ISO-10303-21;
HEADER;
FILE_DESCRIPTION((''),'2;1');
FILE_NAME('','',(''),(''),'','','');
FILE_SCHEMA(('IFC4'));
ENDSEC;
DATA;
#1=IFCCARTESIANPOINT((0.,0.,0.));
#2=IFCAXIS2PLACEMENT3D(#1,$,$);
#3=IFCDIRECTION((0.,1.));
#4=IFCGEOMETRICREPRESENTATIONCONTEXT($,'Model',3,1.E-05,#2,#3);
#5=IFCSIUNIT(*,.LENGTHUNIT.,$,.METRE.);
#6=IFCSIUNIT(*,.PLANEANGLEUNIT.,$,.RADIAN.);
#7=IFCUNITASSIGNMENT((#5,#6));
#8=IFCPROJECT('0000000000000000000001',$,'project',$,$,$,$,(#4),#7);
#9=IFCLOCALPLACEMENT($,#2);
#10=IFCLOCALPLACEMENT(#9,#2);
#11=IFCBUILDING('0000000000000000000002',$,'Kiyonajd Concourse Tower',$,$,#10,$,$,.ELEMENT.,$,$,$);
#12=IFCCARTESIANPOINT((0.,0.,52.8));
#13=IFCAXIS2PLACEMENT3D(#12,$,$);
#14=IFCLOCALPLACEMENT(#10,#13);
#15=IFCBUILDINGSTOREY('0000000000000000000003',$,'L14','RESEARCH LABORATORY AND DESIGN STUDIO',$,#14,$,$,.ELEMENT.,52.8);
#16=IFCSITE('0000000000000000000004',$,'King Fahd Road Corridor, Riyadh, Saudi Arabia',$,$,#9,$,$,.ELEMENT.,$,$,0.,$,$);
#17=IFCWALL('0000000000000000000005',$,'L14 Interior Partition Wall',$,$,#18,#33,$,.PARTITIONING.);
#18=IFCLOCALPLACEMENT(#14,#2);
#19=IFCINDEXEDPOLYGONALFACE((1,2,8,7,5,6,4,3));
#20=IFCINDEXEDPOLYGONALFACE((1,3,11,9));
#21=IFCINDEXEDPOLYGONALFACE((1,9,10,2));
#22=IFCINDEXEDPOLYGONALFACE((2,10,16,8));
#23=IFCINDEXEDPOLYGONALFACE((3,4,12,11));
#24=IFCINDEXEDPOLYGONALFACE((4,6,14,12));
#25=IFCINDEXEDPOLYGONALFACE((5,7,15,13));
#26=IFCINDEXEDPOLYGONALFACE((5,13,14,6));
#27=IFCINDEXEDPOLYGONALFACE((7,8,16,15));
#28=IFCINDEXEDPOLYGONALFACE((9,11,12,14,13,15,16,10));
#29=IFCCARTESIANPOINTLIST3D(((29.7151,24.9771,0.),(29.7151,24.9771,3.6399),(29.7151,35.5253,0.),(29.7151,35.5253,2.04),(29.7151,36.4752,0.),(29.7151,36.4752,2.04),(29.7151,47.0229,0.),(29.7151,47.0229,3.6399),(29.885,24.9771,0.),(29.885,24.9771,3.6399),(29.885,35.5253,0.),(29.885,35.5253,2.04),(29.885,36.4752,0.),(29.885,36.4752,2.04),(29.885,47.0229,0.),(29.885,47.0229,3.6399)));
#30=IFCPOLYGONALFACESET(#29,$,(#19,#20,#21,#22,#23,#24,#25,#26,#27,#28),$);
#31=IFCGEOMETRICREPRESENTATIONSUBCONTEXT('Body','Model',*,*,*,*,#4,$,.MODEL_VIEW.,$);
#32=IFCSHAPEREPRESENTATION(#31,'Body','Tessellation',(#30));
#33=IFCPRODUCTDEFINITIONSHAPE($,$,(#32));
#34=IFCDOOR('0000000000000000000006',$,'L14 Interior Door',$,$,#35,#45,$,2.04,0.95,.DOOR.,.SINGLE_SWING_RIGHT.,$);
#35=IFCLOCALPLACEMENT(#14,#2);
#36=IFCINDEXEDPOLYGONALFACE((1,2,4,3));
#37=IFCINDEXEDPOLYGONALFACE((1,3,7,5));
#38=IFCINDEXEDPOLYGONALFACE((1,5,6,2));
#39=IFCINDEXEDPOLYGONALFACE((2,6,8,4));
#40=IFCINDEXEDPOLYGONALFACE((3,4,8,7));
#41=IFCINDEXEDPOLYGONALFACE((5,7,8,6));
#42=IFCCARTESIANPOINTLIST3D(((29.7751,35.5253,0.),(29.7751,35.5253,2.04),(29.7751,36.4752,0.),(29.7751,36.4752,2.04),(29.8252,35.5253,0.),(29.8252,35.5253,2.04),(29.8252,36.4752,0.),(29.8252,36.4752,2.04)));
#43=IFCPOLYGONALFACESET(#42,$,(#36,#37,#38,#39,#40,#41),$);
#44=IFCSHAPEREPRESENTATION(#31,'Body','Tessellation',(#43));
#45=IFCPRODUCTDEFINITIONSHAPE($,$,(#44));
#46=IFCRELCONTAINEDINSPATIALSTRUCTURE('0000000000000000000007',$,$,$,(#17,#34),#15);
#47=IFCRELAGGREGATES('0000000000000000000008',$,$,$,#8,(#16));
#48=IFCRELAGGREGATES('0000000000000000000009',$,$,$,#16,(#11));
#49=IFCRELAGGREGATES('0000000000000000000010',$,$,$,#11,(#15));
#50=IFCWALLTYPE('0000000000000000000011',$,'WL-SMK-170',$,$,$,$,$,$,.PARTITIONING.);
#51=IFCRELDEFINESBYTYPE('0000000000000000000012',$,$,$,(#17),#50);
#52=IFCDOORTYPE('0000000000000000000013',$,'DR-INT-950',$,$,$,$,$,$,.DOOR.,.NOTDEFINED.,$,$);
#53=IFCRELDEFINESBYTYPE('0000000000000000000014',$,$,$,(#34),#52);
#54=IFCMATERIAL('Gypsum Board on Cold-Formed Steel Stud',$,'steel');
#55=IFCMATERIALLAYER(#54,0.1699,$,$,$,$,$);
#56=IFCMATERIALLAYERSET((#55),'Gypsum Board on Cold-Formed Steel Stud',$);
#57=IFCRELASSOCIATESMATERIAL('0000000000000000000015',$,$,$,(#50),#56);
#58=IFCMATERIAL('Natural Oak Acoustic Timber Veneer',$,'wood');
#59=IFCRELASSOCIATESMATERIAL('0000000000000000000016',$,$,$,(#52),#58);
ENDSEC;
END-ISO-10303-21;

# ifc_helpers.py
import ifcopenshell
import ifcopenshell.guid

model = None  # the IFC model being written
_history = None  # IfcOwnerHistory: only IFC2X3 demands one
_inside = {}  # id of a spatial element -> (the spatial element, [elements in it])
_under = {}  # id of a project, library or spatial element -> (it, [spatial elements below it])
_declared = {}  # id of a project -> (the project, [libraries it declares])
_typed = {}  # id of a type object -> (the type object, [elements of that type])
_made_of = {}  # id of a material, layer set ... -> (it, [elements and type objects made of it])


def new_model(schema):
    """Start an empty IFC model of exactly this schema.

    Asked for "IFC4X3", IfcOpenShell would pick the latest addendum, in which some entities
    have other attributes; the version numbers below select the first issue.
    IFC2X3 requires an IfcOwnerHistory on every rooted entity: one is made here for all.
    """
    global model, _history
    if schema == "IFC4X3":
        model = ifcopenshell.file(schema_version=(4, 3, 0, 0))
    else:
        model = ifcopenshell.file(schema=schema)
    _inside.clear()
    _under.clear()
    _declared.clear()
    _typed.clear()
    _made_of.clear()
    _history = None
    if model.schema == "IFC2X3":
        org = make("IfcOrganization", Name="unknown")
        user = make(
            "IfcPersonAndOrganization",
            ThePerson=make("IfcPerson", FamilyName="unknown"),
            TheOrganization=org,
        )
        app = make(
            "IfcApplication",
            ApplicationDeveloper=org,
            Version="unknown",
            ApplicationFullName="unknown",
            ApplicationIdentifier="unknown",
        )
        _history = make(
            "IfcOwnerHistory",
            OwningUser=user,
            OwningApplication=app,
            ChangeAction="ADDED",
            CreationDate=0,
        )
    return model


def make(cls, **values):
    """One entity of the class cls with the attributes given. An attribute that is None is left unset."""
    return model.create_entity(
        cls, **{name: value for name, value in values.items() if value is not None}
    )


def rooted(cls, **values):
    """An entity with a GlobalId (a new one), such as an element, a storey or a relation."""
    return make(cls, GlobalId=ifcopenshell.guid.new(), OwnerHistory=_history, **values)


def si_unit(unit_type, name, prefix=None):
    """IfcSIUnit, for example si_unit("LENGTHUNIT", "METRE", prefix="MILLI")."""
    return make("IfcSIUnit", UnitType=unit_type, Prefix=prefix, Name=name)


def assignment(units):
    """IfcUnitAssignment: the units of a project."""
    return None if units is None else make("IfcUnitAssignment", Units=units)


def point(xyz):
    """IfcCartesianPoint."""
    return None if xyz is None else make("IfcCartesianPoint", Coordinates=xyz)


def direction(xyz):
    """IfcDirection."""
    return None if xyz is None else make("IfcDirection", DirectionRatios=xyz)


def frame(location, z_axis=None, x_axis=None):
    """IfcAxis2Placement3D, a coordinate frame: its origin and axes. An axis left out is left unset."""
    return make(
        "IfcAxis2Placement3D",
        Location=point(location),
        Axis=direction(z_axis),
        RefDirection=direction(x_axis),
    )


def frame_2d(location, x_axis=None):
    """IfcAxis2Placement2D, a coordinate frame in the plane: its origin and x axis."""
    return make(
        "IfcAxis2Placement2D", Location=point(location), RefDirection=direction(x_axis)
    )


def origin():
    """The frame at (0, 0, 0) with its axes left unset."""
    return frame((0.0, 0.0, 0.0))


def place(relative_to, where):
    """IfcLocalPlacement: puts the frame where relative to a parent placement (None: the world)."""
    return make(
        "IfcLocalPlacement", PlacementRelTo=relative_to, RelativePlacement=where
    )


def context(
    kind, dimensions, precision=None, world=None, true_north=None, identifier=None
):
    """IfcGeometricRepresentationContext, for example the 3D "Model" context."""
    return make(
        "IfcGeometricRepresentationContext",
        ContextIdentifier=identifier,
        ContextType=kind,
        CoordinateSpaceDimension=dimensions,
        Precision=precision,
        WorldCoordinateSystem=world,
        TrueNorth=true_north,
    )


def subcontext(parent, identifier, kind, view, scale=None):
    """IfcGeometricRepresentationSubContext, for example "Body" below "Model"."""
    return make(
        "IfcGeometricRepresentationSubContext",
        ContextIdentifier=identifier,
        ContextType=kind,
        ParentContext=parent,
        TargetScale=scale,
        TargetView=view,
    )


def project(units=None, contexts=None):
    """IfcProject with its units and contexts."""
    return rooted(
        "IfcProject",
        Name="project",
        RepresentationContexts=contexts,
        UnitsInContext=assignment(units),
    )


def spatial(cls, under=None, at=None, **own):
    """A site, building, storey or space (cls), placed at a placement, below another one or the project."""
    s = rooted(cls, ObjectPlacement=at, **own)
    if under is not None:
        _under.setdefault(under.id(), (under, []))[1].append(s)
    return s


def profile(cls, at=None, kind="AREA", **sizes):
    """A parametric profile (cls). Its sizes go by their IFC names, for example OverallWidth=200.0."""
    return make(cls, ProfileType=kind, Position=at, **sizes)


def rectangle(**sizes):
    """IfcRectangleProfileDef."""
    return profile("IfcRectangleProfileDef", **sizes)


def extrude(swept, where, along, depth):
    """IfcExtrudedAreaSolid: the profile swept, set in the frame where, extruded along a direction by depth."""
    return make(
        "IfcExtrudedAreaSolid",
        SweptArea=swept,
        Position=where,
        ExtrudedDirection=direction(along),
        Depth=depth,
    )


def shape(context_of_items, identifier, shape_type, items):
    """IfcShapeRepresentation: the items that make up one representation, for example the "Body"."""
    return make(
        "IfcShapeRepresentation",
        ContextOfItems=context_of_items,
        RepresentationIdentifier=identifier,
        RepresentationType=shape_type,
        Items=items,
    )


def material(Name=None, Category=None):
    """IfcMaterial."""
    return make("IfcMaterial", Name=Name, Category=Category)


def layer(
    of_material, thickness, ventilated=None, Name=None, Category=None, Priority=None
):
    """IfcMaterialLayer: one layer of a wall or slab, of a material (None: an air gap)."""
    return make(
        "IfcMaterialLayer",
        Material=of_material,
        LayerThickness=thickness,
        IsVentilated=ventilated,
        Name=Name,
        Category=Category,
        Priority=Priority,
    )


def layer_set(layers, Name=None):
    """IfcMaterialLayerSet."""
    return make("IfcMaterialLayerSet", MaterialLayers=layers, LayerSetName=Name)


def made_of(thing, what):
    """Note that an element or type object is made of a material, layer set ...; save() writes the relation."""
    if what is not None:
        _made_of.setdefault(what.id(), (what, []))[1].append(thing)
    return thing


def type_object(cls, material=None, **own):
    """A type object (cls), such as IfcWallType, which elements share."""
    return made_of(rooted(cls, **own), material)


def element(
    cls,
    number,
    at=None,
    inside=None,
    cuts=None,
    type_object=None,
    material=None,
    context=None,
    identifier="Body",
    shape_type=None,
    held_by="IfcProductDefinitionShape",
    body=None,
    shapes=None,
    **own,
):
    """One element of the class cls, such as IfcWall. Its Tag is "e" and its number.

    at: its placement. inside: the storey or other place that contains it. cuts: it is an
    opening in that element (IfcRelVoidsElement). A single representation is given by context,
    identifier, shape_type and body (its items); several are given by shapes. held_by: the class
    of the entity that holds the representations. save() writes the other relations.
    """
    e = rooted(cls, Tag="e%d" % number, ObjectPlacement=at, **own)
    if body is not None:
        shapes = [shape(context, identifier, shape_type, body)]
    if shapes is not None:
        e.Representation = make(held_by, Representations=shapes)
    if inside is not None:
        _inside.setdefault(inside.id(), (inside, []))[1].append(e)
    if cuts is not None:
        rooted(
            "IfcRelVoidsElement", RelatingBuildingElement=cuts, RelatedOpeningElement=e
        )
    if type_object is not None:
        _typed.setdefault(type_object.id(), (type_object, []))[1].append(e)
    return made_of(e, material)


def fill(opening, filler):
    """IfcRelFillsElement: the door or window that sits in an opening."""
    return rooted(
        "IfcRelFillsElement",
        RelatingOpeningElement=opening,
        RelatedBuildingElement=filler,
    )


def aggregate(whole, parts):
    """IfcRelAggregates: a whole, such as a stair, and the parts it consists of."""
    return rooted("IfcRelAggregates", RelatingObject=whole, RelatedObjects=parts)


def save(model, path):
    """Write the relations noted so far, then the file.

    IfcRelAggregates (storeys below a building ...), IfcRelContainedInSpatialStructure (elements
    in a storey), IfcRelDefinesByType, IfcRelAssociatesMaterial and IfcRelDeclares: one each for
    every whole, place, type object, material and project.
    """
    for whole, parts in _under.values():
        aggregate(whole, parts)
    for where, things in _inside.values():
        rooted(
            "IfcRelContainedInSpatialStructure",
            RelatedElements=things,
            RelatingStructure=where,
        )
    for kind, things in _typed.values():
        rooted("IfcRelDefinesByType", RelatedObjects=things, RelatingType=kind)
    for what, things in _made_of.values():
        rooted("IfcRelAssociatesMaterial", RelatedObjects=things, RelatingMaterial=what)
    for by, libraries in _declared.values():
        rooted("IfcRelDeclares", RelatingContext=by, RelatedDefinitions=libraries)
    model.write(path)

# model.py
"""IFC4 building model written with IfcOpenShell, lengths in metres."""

from ifc_helpers import new_model, si_unit, direction, frame, frame_2d, origin, place, context, subcontext, project, spatial, rectangle, extrude, material, layer, layer_set, type_object, element, fill, save


model = new_model("IFC4")

# Units and contexts
model_context = context("Model", 3, precision=1e-05, world=origin(), true_north=direction((0.0, 1.0)))
body_context = subcontext(model_context, "Body", "Model", "MODEL_VIEW")
ifc_project = project(units=[si_unit("LENGTHUNIT", "METRE"), si_unit("PLANEANGLEUNIT", "RADIAN")], contexts=[model_context])

# Site, building, storey
site_placement = place(None, origin())
site = spatial("IfcSite", under=ifc_project, at=site_placement, Name="King Fahd Road Corridor, Riyadh, Saudi Arabia", CompositionType="ELEMENT", RefElevation=0.0)
building_placement = place(site_placement, origin())
building = spatial("IfcBuilding", under=site, at=building_placement, Name="Kiyonajd Concourse Tower", CompositionType="ELEMENT")
storey_placement = place(building_placement, frame((0.0, 0.0, 52.8)))
storey = spatial("IfcBuildingStorey", under=building, at=storey_placement, Name="L14", Description="RESEARCH LABORATORY AND DESIGN STUDIO", CompositionType="ELEMENT", Elevation=52.8)

# Shared definitions
ifc_material_1 = material(Name="Gypsum Board on Cold-Formed Steel Stud", Category="steel")
ifc_layer_1 = layer(ifc_material_1, 0.1699)
ifc_layer_set_1 = layer_set([ifc_layer_1], Name="Gypsum Board on Cold-Formed Steel Stud")
wall_type_1 = type_object("IfcWallType", Name="WL-SMK-170", PredefinedType="PARTITIONING", material=ifc_layer_set_1)
ifc_material_2 = material(Name="Natural Oak Acoustic Timber Veneer", Category="wood")
door_type_1 = type_object("IfcDoorType", Name="DR-INT-950", OperationType="NOTDEFINED", PredefinedType="DOOR", material=ifc_material_2)

# Wall, opening, door
wall_1_placement = place(storey_placement, frame((29.8, 24.9771, 0.0), z_axis=(0.0, 0.0, 1.0), x_axis=(0.0, 1.0, 0.0)))
wall_1 = element("IfcWall", 1, at=wall_1_placement, inside=storey, type_object=wall_type_1, Name="L14 Interior Partition Wall", PredefinedType="PARTITIONING", context=body_context, shape_type="SweptSolid", body=[
    extrude(rectangle(XDim=22.0459, YDim=0.1699, at=frame_2d((11.0229, 0.0))), origin(), (0.0, 0.0, 1.0), 3.6399),
])
opening_1_placement = place(wall_1_placement, frame((10.5481, 0.0, 0.0)))
opening_1 = element("IfcOpeningElement", 2, at=opening_1_placement, cuts=wall_1, PredefinedType="OPENING", context=body_context, shape_type="SweptSolid", body=[
    extrude(rectangle(XDim=0.95, YDim=2.04, at=frame_2d((0.4751, 1.02))), frame((0.0, 0.095, 0.0), z_axis=(0.0, -1.0, 0.0), x_axis=(1.0, 0.0, 0.0)), (0.0, 0.0, 1.0), 0.1899),
])
door_1_placement = place(opening_1_placement, origin())
door_1 = element("IfcDoor", 3, at=door_1_placement, inside=storey, type_object=door_type_1, Name="L14 Interior Door", OperationType="SINGLE_SWING_RIGHT", OverallHeight=2.04, OverallWidth=0.95, PredefinedType="DOOR", context=body_context, shape_type="SweptSolid", body=[
    extrude(rectangle(XDim=0.95, YDim=2.04, at=frame_2d((0.4751, 1.02))), frame((0.0, 0.0249, 0.0), z_axis=(0.0, -1.0, 0.0), x_axis=(1.0, 0.0, 0.0)), (0.0, 0.0, 1.0), 0.05),
])
fill(opening_1, door_1)

save(model, "model.ifc")
